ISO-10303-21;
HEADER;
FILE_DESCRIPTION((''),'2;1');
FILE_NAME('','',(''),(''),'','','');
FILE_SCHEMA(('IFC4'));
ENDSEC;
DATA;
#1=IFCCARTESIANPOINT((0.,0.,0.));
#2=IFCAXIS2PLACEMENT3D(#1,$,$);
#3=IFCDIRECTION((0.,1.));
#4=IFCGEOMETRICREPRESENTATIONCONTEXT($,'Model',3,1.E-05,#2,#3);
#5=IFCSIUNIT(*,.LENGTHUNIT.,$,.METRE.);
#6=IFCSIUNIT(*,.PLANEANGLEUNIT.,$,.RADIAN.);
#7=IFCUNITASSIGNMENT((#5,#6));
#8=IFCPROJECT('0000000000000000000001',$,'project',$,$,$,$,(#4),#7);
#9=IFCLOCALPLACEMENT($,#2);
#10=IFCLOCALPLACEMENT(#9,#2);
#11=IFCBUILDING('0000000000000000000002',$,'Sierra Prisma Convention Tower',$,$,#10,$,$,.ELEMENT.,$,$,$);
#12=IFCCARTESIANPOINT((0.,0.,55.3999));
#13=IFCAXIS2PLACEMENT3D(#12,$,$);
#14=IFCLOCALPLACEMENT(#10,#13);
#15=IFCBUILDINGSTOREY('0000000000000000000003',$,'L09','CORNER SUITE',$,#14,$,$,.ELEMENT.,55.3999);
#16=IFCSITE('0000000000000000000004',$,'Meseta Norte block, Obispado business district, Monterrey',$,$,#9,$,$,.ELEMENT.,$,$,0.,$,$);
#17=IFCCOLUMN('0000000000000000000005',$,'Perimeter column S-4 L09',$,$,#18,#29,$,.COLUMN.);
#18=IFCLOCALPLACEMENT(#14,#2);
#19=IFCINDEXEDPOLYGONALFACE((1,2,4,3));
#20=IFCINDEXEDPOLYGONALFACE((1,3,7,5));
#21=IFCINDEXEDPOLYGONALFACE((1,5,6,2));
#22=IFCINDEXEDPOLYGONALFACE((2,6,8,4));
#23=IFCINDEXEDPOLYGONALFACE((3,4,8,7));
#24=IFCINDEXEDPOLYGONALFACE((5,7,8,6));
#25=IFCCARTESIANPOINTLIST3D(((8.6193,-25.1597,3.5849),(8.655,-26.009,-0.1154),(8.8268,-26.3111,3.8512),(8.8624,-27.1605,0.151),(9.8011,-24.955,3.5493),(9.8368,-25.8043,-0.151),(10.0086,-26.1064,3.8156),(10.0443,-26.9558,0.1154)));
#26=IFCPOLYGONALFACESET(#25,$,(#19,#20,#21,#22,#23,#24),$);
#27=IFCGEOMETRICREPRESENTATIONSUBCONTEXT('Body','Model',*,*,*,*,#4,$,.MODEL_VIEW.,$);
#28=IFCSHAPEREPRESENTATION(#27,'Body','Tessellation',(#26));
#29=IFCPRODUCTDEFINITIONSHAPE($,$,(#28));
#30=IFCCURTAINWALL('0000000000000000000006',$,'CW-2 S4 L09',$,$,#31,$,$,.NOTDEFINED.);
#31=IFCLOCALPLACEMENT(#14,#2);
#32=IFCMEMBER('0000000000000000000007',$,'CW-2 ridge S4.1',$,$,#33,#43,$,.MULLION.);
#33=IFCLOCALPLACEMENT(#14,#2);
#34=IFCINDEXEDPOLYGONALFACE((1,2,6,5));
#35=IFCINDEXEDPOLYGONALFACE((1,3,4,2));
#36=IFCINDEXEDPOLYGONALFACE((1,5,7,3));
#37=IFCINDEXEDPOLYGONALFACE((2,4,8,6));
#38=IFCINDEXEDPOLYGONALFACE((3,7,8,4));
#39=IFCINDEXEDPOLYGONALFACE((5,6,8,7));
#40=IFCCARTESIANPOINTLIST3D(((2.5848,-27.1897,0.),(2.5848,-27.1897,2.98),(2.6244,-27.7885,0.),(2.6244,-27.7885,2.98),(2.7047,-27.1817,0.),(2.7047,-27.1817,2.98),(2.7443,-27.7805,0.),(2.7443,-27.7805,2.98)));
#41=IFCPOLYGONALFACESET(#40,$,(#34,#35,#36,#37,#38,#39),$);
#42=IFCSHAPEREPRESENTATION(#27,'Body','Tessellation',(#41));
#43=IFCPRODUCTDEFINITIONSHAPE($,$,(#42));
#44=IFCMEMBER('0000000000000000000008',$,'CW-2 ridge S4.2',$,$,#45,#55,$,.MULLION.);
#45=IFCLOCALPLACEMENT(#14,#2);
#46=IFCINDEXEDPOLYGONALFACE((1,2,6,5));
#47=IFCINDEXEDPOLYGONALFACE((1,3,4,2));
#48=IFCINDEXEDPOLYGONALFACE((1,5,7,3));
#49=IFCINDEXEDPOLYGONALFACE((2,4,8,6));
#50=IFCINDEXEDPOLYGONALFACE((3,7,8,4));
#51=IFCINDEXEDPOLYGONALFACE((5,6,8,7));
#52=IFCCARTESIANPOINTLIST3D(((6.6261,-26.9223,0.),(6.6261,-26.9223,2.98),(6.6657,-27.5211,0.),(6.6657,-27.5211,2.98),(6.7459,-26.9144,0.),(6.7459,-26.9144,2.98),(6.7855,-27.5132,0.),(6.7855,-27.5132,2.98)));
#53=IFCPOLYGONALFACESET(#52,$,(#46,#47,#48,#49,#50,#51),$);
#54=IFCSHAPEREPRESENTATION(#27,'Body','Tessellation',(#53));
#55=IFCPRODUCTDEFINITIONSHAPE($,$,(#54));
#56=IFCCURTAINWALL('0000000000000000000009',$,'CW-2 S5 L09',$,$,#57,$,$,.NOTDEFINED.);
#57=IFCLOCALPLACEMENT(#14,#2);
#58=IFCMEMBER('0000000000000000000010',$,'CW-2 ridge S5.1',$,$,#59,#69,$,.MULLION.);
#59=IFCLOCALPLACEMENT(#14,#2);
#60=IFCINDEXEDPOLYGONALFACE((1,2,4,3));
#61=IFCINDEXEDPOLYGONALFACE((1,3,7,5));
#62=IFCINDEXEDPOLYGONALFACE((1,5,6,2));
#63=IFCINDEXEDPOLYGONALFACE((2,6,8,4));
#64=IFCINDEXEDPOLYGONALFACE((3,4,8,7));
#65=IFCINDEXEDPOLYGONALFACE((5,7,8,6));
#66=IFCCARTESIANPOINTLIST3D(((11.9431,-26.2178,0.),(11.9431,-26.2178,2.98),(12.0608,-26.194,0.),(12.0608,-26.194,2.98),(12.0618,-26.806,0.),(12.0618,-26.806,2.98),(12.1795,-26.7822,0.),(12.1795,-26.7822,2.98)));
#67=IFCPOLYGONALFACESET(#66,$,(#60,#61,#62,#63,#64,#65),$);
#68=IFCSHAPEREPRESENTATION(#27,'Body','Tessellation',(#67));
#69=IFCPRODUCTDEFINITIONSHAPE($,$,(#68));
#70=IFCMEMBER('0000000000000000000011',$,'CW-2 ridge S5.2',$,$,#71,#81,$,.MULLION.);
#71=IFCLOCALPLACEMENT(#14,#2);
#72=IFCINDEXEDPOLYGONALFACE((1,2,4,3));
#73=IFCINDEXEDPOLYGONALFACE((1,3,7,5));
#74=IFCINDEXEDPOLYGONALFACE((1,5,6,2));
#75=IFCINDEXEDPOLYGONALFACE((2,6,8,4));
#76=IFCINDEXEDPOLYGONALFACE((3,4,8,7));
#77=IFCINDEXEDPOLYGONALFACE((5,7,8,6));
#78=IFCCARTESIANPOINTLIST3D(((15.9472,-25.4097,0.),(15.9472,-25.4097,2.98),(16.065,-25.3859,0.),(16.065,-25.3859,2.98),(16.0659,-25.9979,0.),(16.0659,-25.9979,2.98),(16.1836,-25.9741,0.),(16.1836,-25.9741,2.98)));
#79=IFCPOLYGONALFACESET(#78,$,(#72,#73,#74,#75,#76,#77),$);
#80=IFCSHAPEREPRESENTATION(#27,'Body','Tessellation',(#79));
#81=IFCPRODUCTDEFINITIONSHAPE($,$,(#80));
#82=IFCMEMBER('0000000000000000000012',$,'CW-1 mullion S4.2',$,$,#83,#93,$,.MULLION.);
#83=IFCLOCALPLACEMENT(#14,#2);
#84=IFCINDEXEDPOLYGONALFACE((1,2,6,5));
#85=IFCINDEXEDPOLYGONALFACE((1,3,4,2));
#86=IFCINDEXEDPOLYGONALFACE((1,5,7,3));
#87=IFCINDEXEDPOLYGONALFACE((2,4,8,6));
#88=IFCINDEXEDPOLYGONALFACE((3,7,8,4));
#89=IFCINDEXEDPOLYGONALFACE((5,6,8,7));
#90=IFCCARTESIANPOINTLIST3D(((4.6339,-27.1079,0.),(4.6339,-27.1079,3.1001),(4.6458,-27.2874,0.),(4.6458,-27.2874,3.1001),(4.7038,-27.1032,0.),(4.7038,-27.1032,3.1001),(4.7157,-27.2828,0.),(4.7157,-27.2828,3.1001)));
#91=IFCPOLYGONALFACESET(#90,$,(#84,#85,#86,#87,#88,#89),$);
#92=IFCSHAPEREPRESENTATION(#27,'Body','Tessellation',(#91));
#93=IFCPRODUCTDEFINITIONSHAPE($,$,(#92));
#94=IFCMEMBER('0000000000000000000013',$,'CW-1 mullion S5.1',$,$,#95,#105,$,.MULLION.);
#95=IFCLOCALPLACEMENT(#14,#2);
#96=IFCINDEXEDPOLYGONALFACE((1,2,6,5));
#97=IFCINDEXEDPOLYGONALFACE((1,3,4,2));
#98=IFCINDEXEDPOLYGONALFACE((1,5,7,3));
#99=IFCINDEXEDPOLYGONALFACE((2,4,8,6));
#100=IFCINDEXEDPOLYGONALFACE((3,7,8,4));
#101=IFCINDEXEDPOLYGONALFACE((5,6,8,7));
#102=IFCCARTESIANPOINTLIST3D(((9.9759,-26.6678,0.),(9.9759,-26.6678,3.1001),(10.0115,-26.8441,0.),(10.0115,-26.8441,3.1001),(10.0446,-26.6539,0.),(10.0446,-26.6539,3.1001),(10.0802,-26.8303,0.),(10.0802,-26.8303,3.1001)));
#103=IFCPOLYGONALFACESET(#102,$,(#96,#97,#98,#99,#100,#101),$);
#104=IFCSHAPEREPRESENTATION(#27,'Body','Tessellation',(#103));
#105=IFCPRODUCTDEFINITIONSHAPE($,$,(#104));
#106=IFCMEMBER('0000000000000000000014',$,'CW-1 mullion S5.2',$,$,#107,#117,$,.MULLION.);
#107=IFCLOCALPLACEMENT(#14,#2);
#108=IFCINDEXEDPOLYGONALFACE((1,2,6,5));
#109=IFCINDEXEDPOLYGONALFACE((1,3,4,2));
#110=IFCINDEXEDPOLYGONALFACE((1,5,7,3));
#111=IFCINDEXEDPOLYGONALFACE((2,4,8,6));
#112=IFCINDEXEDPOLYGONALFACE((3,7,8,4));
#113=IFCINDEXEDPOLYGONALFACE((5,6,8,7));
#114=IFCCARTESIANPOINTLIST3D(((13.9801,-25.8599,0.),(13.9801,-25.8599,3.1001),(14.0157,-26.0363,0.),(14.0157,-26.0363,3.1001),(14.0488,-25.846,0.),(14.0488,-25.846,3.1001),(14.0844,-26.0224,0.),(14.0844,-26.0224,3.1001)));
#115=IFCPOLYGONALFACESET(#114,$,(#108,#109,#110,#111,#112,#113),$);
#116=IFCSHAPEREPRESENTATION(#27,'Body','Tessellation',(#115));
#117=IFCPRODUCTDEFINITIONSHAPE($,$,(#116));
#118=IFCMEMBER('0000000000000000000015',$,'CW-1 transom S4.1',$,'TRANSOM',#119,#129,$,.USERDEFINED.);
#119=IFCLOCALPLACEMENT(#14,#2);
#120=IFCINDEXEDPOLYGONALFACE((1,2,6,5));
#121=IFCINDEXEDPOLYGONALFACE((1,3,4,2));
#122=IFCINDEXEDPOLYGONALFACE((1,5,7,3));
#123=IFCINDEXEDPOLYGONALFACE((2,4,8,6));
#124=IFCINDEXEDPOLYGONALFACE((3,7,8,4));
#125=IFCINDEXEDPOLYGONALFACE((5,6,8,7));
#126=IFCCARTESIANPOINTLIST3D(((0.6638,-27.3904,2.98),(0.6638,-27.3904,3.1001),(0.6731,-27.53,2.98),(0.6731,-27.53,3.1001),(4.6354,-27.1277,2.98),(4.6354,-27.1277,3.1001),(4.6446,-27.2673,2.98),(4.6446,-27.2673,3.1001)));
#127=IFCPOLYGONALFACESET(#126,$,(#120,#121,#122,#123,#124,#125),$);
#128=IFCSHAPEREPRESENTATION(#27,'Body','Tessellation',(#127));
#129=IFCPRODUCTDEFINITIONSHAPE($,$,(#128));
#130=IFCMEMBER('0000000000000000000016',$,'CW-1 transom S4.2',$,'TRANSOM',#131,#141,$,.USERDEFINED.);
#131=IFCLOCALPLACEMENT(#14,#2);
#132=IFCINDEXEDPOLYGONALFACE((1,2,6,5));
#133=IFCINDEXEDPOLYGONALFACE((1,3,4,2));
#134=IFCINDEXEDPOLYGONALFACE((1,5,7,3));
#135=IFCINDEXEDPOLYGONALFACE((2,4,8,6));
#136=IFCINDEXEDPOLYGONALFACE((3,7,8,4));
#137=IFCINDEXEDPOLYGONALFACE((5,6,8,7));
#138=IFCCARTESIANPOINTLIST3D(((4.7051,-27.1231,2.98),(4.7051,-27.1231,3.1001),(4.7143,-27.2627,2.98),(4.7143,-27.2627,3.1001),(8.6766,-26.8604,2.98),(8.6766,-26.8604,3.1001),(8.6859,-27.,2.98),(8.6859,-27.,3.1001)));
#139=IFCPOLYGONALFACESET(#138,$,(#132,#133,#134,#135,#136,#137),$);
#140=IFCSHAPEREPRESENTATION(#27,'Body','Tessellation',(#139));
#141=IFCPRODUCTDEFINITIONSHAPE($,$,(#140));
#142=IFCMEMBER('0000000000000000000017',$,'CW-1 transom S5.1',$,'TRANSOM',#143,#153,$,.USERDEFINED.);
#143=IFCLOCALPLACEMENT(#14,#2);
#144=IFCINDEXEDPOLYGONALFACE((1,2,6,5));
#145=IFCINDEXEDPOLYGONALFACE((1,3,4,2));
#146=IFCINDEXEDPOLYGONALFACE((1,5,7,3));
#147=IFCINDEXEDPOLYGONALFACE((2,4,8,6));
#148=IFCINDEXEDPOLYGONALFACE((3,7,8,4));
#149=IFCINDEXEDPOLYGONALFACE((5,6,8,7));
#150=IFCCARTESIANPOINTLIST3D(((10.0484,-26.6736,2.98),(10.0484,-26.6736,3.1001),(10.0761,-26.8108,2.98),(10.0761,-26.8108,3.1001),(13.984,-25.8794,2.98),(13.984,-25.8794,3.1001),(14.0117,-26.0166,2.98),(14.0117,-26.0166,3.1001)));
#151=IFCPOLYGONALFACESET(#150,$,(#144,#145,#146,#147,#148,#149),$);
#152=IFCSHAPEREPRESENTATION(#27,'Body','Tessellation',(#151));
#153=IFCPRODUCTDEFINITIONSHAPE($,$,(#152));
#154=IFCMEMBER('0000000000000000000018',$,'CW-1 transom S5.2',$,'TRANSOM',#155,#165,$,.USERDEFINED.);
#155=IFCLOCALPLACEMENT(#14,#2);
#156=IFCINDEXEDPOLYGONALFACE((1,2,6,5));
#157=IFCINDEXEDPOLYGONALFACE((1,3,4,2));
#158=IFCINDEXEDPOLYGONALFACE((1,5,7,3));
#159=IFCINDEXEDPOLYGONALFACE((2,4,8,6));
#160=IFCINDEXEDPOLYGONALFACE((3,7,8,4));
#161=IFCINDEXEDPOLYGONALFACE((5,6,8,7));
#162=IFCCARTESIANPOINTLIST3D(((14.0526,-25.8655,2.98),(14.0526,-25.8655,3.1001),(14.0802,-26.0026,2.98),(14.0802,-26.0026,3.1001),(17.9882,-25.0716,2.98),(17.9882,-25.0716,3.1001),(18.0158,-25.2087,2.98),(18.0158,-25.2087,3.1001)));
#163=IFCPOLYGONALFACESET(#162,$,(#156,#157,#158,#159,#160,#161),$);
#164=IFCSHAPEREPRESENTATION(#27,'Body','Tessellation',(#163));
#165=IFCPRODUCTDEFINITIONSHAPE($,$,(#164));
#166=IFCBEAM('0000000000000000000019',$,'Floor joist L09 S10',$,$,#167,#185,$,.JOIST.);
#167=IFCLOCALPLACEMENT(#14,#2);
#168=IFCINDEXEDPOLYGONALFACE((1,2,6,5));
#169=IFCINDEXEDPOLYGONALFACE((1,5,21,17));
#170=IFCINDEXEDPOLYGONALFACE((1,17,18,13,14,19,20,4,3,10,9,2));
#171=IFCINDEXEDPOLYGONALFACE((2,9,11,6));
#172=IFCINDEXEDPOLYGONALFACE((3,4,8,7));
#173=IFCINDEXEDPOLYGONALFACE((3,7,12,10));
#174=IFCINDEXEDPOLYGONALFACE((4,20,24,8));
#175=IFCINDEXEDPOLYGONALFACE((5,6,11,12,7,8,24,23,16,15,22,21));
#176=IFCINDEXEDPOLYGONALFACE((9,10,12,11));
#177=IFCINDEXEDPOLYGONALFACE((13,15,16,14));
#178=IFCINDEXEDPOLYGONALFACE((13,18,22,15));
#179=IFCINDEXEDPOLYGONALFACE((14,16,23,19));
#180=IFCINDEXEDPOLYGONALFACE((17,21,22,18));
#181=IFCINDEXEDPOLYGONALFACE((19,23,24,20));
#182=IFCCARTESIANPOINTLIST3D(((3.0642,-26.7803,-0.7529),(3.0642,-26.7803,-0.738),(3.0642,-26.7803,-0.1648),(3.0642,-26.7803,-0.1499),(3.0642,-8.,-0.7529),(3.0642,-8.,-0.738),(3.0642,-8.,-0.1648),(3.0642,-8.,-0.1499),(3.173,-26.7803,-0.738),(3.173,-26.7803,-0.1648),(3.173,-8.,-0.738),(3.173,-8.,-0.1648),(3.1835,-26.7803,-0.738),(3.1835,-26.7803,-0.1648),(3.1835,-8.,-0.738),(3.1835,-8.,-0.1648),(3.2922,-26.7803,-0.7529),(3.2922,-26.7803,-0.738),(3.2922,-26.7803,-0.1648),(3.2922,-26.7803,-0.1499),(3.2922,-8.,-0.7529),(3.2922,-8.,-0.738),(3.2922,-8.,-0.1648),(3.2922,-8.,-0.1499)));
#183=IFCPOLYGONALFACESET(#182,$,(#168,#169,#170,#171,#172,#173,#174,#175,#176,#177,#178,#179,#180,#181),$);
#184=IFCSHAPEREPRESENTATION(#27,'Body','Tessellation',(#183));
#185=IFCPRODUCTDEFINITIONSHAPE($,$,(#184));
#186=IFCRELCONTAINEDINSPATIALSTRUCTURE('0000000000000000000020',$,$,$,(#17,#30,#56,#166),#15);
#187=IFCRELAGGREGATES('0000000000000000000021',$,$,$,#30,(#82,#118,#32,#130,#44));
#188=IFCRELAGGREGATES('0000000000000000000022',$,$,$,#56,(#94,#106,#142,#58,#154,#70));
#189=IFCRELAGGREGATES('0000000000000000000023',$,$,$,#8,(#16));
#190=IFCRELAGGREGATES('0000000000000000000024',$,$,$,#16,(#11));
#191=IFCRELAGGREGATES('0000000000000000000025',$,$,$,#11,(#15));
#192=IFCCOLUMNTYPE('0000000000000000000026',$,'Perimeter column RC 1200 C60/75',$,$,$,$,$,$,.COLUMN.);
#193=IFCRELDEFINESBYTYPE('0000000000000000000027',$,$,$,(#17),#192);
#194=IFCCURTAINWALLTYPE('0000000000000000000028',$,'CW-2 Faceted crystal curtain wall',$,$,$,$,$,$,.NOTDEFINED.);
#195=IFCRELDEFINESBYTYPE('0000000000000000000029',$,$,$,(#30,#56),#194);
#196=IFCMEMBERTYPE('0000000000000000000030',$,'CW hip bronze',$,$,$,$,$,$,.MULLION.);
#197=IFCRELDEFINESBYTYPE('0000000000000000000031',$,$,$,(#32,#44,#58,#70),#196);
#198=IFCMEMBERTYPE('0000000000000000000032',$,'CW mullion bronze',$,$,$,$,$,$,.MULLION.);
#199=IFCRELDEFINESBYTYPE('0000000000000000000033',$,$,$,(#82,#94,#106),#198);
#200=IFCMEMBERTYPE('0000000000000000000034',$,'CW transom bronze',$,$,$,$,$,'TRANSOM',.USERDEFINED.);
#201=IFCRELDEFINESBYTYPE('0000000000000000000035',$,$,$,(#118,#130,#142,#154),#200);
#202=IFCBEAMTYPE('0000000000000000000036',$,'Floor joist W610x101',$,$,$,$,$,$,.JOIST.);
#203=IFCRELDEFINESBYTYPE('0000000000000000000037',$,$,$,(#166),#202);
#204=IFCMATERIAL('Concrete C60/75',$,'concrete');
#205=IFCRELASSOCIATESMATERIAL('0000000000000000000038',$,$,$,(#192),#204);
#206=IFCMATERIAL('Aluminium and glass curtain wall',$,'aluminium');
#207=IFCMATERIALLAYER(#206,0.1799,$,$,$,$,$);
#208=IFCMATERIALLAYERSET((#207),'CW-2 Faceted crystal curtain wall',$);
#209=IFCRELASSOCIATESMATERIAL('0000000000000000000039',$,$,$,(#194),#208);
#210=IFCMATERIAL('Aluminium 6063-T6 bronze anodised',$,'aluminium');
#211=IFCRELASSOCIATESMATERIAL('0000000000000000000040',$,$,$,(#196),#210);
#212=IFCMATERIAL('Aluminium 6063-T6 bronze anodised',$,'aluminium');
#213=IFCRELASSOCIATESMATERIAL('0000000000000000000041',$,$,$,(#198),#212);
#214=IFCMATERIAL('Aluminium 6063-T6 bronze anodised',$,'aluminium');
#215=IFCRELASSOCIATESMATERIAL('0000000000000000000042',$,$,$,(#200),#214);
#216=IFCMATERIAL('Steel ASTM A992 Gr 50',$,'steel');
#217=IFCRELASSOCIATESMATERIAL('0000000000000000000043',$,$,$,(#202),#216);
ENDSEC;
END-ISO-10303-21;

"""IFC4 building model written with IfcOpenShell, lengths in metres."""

from ifc_helpers import new_model, si_unit, direction, frame, origin, origin_2d, place, context, subcontext, project, spatial, rectangle, i_section, extrude, material, layer, layer_set, material_profile, profile_set, type_object, element, aggregate, save


model = new_model("IFC4")

# Units and contexts
model_context = context("Model", 3, precision=1e-05, world=origin(), true_north=direction((0.0, 1.0)))
body_context = subcontext(model_context, "Body", "Model", "MODEL_VIEW")
ifc_project = project(units=[si_unit("LENGTHUNIT", "METRE"), si_unit("PLANEANGLEUNIT", "RADIAN")], contexts=[model_context])

# Site, building, storey
site_placement = place(None, origin())
site = spatial("IfcSite", under=ifc_project, at=site_placement, Name="Meseta Norte block, Obispado business district, Monterrey", CompositionType="ELEMENT", RefElevation=0.0)
building_placement = place(site_placement, origin())
building = spatial("IfcBuilding", under=site, at=building_placement, Name="Sierra Prisma Convention Tower", CompositionType="ELEMENT")
storey_placement = place(building_placement, frame((0.0, 0.0, 55.3999)))
storey = spatial("IfcBuildingStorey", under=building, at=storey_placement, Name="L09", Description="CORNER SUITE", CompositionType="ELEMENT", Elevation=55.3999)

# Column
ifc_material_1 = material(Name="Concrete C60/75", Category="concrete")
ifc_material_profile_1 = material_profile(ifc_material_1, rectangle(XDim=1.2, YDim=1.2, at=origin_2d()), Name="Perimeter column RC 1200 C60/75")
ifc_profile_set_1 = profile_set([ifc_material_profile_1], Name="Concrete C60/75")
column_type = type_object("IfcColumnType", Name="Perimeter column RC 1200 C60/75", PredefinedType="COLUMN", material=ifc_profile_set_1)
column_placement = place(storey_placement, frame((9.3496, -26.4824, 0.0), z_axis=(-0.009389, 0.223718, 0.974609), x_axis=(-0.984896, -0.170584, 0.029669)))
element("IfcColumn", 1, at=column_placement, inside=storey, type_object=column_type, Name="Perimeter column S-4 L09", PredefinedType="COLUMN", context=body_context, shape_type="SweptSolid", body=[
    extrude(rectangle(XDim=1.2, YDim=1.2, at=origin_2d()), origin(), (0.0, 0.0, 1.0), 3.7966),
])

# Curtain walls, members
ifc_material_2 = material(Name="Aluminium and glass curtain wall", Category="aluminium")
ifc_layer_1 = layer(ifc_material_2, 0.1799)
ifc_layer_set_1 = layer_set([ifc_layer_1], Name="CW-2 Faceted crystal curtain wall")
curtain_wall_type = type_object("IfcCurtainWallType", Name="CW-2 Faceted crystal curtain wall", PredefinedType="NOTDEFINED", material=ifc_layer_set_1)
curtain_wall_1_placement = place(storey_placement, origin())
curtain_wall_1 = element("IfcCurtainWall", 2, at=curtain_wall_1_placement, inside=storey, type_object=curtain_wall_type, Name="CW-2 S4 L09", PredefinedType="NOTDEFINED")
ifc_material_3 = material(Name="Aluminium 6063-T6 bronze anodised", Category="aluminium")
ifc_material_profile_2 = material_profile(ifc_material_3, rectangle(XDim=0.1201, YDim=0.6001, at=origin_2d()), Name="ALU RIDGE BLADE 120x600")
ifc_profile_set_2 = profile_set([ifc_material_profile_2], Name="Aluminium 6063-T6 bronze anodised")
member_type_1 = type_object("IfcMemberType", Name="CW hip bronze", PredefinedType="MULLION", material=ifc_profile_set_2)
member_1_placement = place(storey_placement, frame((2.6646, -27.4851, 0.0), z_axis=(0.0, 0.0, 1.0), x_axis=(0.997818, 0.066022, 0.0)))
member_1 = element("IfcMember", 3, at=member_1_placement, type_object=member_type_1, Name="CW-2 ridge S4.1", PredefinedType="MULLION", context=body_context, shape_type="SweptSolid", body=[
    extrude(rectangle(XDim=0.1201, YDim=0.6001, at=origin_2d()), origin(), (0.0, 0.0, 1.0), 2.98),
])
member_2_placement = place(storey_placement, frame((6.7058, -27.2178, 0.0), z_axis=(0.0, 0.0, 1.0), x_axis=(0.997818, 0.066022, 0.0)))
member_2 = element("IfcMember", 4, at=member_2_placement, type_object=member_type_1, Name="CW-2 ridge S4.2", PredefinedType="MULLION", context=body_context, shape_type="SweptSolid", body=[
    extrude(rectangle(XDim=0.1201, YDim=0.6001, at=origin_2d()), origin(), (0.0, 0.0, 1.0), 2.98),
])
curtain_wall_2_placement = place(storey_placement, origin())
curtain_wall_2 = element("IfcCurtainWall", 5, at=curtain_wall_2_placement, inside=storey, type_object=curtain_wall_type, Name="CW-2 S5 L09", PredefinedType="NOTDEFINED")
member_3_placement = place(storey_placement, frame((12.0613, -26.5, 0.0), z_axis=(0.0, 0.0, 1.0), x_axis=(0.980244, 0.197791, 0.0)))
member_3 = element("IfcMember", 6, at=member_3_placement, type_object=member_type_1, Name="CW-2 ridge S5.1", PredefinedType="MULLION", context=body_context, shape_type="SweptSolid", body=[
    extrude(rectangle(XDim=0.1201, YDim=0.6001, at=origin_2d()), origin(), (0.0, 0.0, 1.0), 2.98),
])
member_4_placement = place(storey_placement, frame((16.0654, -25.6919, 0.0), z_axis=(0.0, 0.0, 1.0), x_axis=(0.980244, 0.197791, 0.0)))
member_4 = element("IfcMember", 7, at=member_4_placement, type_object=member_type_1, Name="CW-2 ridge S5.2", PredefinedType="MULLION", context=body_context, shape_type="SweptSolid", body=[
    extrude(rectangle(XDim=0.1201, YDim=0.6001, at=origin_2d()), origin(), (0.0, 0.0, 1.0), 2.98),
])

# Members
ifc_material_4 = material(Name="Aluminium 6063-T6 bronze anodised", Category="aluminium")
ifc_material_profile_3 = material_profile(ifc_material_4, rectangle(XDim=0.1799, YDim=0.0701, at=origin_2d()), Name="ALU MULLION 70x180")
ifc_profile_set_3 = profile_set([ifc_material_profile_3], Name="Aluminium 6063-T6 bronze anodised")
member_type_2 = type_object("IfcMemberType", Name="CW mullion bronze", PredefinedType="MULLION", material=ifc_profile_set_3)
member_5_placement = place(storey_placement, frame((4.6748, -27.1953, 0.0), z_axis=(0.0, 0.0, 1.0), x_axis=(-0.066022, 0.997818, 0.0)))
member_5 = element("IfcMember", 8, at=member_5_placement, type_object=member_type_2, Name="CW-1 mullion S4.2", PredefinedType="MULLION", context=body_context, shape_type="SweptSolid", body=[
    extrude(rectangle(XDim=0.1799, YDim=0.0701, at=origin_2d()), origin(), (0.0, 0.0, 1.0), 3.1001),
])
member_6_placement = place(storey_placement, frame((10.0281, -26.749, 0.0), z_axis=(0.0, 0.0, 1.0), x_axis=(-0.197791, 0.980244, 0.0)))
member_6 = element("IfcMember", 9, at=member_6_placement, type_object=member_type_2, Name="CW-1 mullion S5.1", PredefinedType="MULLION", context=body_context, shape_type="SweptSolid", body=[
    extrude(rectangle(XDim=0.1799, YDim=0.0701, at=origin_2d()), origin(), (0.0, 0.0, 1.0), 3.1001),
])
member_7_placement = place(storey_placement, frame((14.0322, -25.9412, 0.0), z_axis=(0.0, 0.0, 1.0), x_axis=(-0.197791, 0.980244, 0.0)))
member_7 = element("IfcMember", 10, at=member_7_placement, type_object=member_type_2, Name="CW-1 mullion S5.2", PredefinedType="MULLION", context=body_context, shape_type="SweptSolid", body=[
    extrude(rectangle(XDim=0.1799, YDim=0.0701, at=origin_2d()), origin(), (0.0, 0.0, 1.0), 3.1001),
])
ifc_material_5 = material(Name="Aluminium 6063-T6 bronze anodised", Category="aluminium")
ifc_material_profile_4 = material_profile(ifc_material_5, rectangle(XDim=0.1399, YDim=0.1201, at=origin_2d()), Name="ALU TRANSOM 120x140")
ifc_profile_set_4 = profile_set([ifc_material_profile_4], Name="Aluminium 6063-T6 bronze anodised")
member_type_3 = type_object("IfcMemberType", Name="CW transom bronze", ElementType="TRANSOM", PredefinedType="USERDEFINED", material=ifc_profile_set_4)
member_8_placement = place(storey_placement, frame((0.6685, -27.4602, 3.04), z_axis=(0.997819, 0.066002, 0.0), x_axis=(-0.066002, 0.997819, 0.0)))
member_8 = element("IfcMember", 11, at=member_8_placement, type_object=member_type_3, Name="CW-1 transom S4.1", ObjectType="TRANSOM", PredefinedType="USERDEFINED", context=body_context, shape_type="SweptSolid", body=[
    extrude(rectangle(XDim=0.1399, YDim=0.1201, at=origin_2d()), origin(), (0.0, 0.0, 1.0), 3.9802),
])
member_9_placement = place(storey_placement, frame((4.7097, -27.1929, 3.04), z_axis=(0.997819, 0.066002, 0.0), x_axis=(-0.066002, 0.997819, 0.0)))
member_9 = element("IfcMember", 12, at=member_9_placement, type_object=member_type_3, Name="CW-1 transom S4.2", ObjectType="TRANSOM", PredefinedType="USERDEFINED", context=body_context, shape_type="SweptSolid", body=[
    extrude(rectangle(XDim=0.1399, YDim=0.1201, at=origin_2d()), origin(), (0.0, 0.0, 1.0), 3.9802),
])
member_10_placement = place(storey_placement, frame((10.0623, -26.7422, 3.04), z_axis=(0.98024, 0.197811, 0.0), x_axis=(-0.197811, 0.98024, 0.0)))
member_10 = element("IfcMember", 13, at=member_10_placement, type_object=member_type_3, Name="CW-1 transom S5.1", ObjectType="TRANSOM", PredefinedType="USERDEFINED", context=body_context, shape_type="SweptSolid", body=[
    extrude(rectangle(XDim=0.1399, YDim=0.1201, at=origin_2d()), origin(), (0.0, 0.0, 1.0), 4.0149),
])
member_11_placement = place(storey_placement, frame((14.0664, -25.9341, 3.04), z_axis=(0.980252, 0.197753, 0.0), x_axis=(-0.197753, 0.980252, 0.0)))
member_11 = element("IfcMember", 14, at=member_11_placement, type_object=member_type_3, Name="CW-1 transom S5.2", ObjectType="TRANSOM", PredefinedType="USERDEFINED", context=body_context, shape_type="SweptSolid", body=[
    extrude(rectangle(XDim=0.1399, YDim=0.1201, at=origin_2d()), origin(), (0.0, 0.0, 1.0), 4.0149),
])

# Beam
ifc_material_6 = material(Name="Steel ASTM A992 Gr 50", Category="steel")
ifc_material_profile_5 = material_profile(ifc_material_6, i_section(OverallWidth=0.228, OverallDepth=0.603, WebThickness=0.0105, FlangeThickness=0.0149, at=origin_2d()), Name="W610x101")
ifc_profile_set_5 = profile_set([ifc_material_profile_5], Name="Steel ASTM A992 Gr 50")
beam_type_1 = type_object("IfcBeamType", Name="Floor joist W610x101", PredefinedType="JOIST", material=ifc_profile_set_5)
beam_1_placement = place(storey_placement, frame((3.1782, -26.7803, -0.4514), z_axis=(0.0, 1.0, 0.0), x_axis=(-1.0, 0.0, 0.0)))
element("IfcBeam", 15, at=beam_1_placement, inside=storey, type_object=beam_type_1, Name="Floor joist L09 S10", PredefinedType="JOIST", context=body_context, shape_type="SweptSolid", body=[
    extrude(i_section(OverallWidth=0.228, OverallDepth=0.603, WebThickness=0.0105, FlangeThickness=0.0149, at=origin_2d()), origin(), (0.0, 0.0, 1.0), 18.7803),
])

aggregate(curtain_wall_1, [member_5, member_8, member_1, member_9, member_2])
aggregate(curtain_wall_2, [member_6, member_7, member_10, member_3, member_11, member_4])

save(model, "model.ifc")
